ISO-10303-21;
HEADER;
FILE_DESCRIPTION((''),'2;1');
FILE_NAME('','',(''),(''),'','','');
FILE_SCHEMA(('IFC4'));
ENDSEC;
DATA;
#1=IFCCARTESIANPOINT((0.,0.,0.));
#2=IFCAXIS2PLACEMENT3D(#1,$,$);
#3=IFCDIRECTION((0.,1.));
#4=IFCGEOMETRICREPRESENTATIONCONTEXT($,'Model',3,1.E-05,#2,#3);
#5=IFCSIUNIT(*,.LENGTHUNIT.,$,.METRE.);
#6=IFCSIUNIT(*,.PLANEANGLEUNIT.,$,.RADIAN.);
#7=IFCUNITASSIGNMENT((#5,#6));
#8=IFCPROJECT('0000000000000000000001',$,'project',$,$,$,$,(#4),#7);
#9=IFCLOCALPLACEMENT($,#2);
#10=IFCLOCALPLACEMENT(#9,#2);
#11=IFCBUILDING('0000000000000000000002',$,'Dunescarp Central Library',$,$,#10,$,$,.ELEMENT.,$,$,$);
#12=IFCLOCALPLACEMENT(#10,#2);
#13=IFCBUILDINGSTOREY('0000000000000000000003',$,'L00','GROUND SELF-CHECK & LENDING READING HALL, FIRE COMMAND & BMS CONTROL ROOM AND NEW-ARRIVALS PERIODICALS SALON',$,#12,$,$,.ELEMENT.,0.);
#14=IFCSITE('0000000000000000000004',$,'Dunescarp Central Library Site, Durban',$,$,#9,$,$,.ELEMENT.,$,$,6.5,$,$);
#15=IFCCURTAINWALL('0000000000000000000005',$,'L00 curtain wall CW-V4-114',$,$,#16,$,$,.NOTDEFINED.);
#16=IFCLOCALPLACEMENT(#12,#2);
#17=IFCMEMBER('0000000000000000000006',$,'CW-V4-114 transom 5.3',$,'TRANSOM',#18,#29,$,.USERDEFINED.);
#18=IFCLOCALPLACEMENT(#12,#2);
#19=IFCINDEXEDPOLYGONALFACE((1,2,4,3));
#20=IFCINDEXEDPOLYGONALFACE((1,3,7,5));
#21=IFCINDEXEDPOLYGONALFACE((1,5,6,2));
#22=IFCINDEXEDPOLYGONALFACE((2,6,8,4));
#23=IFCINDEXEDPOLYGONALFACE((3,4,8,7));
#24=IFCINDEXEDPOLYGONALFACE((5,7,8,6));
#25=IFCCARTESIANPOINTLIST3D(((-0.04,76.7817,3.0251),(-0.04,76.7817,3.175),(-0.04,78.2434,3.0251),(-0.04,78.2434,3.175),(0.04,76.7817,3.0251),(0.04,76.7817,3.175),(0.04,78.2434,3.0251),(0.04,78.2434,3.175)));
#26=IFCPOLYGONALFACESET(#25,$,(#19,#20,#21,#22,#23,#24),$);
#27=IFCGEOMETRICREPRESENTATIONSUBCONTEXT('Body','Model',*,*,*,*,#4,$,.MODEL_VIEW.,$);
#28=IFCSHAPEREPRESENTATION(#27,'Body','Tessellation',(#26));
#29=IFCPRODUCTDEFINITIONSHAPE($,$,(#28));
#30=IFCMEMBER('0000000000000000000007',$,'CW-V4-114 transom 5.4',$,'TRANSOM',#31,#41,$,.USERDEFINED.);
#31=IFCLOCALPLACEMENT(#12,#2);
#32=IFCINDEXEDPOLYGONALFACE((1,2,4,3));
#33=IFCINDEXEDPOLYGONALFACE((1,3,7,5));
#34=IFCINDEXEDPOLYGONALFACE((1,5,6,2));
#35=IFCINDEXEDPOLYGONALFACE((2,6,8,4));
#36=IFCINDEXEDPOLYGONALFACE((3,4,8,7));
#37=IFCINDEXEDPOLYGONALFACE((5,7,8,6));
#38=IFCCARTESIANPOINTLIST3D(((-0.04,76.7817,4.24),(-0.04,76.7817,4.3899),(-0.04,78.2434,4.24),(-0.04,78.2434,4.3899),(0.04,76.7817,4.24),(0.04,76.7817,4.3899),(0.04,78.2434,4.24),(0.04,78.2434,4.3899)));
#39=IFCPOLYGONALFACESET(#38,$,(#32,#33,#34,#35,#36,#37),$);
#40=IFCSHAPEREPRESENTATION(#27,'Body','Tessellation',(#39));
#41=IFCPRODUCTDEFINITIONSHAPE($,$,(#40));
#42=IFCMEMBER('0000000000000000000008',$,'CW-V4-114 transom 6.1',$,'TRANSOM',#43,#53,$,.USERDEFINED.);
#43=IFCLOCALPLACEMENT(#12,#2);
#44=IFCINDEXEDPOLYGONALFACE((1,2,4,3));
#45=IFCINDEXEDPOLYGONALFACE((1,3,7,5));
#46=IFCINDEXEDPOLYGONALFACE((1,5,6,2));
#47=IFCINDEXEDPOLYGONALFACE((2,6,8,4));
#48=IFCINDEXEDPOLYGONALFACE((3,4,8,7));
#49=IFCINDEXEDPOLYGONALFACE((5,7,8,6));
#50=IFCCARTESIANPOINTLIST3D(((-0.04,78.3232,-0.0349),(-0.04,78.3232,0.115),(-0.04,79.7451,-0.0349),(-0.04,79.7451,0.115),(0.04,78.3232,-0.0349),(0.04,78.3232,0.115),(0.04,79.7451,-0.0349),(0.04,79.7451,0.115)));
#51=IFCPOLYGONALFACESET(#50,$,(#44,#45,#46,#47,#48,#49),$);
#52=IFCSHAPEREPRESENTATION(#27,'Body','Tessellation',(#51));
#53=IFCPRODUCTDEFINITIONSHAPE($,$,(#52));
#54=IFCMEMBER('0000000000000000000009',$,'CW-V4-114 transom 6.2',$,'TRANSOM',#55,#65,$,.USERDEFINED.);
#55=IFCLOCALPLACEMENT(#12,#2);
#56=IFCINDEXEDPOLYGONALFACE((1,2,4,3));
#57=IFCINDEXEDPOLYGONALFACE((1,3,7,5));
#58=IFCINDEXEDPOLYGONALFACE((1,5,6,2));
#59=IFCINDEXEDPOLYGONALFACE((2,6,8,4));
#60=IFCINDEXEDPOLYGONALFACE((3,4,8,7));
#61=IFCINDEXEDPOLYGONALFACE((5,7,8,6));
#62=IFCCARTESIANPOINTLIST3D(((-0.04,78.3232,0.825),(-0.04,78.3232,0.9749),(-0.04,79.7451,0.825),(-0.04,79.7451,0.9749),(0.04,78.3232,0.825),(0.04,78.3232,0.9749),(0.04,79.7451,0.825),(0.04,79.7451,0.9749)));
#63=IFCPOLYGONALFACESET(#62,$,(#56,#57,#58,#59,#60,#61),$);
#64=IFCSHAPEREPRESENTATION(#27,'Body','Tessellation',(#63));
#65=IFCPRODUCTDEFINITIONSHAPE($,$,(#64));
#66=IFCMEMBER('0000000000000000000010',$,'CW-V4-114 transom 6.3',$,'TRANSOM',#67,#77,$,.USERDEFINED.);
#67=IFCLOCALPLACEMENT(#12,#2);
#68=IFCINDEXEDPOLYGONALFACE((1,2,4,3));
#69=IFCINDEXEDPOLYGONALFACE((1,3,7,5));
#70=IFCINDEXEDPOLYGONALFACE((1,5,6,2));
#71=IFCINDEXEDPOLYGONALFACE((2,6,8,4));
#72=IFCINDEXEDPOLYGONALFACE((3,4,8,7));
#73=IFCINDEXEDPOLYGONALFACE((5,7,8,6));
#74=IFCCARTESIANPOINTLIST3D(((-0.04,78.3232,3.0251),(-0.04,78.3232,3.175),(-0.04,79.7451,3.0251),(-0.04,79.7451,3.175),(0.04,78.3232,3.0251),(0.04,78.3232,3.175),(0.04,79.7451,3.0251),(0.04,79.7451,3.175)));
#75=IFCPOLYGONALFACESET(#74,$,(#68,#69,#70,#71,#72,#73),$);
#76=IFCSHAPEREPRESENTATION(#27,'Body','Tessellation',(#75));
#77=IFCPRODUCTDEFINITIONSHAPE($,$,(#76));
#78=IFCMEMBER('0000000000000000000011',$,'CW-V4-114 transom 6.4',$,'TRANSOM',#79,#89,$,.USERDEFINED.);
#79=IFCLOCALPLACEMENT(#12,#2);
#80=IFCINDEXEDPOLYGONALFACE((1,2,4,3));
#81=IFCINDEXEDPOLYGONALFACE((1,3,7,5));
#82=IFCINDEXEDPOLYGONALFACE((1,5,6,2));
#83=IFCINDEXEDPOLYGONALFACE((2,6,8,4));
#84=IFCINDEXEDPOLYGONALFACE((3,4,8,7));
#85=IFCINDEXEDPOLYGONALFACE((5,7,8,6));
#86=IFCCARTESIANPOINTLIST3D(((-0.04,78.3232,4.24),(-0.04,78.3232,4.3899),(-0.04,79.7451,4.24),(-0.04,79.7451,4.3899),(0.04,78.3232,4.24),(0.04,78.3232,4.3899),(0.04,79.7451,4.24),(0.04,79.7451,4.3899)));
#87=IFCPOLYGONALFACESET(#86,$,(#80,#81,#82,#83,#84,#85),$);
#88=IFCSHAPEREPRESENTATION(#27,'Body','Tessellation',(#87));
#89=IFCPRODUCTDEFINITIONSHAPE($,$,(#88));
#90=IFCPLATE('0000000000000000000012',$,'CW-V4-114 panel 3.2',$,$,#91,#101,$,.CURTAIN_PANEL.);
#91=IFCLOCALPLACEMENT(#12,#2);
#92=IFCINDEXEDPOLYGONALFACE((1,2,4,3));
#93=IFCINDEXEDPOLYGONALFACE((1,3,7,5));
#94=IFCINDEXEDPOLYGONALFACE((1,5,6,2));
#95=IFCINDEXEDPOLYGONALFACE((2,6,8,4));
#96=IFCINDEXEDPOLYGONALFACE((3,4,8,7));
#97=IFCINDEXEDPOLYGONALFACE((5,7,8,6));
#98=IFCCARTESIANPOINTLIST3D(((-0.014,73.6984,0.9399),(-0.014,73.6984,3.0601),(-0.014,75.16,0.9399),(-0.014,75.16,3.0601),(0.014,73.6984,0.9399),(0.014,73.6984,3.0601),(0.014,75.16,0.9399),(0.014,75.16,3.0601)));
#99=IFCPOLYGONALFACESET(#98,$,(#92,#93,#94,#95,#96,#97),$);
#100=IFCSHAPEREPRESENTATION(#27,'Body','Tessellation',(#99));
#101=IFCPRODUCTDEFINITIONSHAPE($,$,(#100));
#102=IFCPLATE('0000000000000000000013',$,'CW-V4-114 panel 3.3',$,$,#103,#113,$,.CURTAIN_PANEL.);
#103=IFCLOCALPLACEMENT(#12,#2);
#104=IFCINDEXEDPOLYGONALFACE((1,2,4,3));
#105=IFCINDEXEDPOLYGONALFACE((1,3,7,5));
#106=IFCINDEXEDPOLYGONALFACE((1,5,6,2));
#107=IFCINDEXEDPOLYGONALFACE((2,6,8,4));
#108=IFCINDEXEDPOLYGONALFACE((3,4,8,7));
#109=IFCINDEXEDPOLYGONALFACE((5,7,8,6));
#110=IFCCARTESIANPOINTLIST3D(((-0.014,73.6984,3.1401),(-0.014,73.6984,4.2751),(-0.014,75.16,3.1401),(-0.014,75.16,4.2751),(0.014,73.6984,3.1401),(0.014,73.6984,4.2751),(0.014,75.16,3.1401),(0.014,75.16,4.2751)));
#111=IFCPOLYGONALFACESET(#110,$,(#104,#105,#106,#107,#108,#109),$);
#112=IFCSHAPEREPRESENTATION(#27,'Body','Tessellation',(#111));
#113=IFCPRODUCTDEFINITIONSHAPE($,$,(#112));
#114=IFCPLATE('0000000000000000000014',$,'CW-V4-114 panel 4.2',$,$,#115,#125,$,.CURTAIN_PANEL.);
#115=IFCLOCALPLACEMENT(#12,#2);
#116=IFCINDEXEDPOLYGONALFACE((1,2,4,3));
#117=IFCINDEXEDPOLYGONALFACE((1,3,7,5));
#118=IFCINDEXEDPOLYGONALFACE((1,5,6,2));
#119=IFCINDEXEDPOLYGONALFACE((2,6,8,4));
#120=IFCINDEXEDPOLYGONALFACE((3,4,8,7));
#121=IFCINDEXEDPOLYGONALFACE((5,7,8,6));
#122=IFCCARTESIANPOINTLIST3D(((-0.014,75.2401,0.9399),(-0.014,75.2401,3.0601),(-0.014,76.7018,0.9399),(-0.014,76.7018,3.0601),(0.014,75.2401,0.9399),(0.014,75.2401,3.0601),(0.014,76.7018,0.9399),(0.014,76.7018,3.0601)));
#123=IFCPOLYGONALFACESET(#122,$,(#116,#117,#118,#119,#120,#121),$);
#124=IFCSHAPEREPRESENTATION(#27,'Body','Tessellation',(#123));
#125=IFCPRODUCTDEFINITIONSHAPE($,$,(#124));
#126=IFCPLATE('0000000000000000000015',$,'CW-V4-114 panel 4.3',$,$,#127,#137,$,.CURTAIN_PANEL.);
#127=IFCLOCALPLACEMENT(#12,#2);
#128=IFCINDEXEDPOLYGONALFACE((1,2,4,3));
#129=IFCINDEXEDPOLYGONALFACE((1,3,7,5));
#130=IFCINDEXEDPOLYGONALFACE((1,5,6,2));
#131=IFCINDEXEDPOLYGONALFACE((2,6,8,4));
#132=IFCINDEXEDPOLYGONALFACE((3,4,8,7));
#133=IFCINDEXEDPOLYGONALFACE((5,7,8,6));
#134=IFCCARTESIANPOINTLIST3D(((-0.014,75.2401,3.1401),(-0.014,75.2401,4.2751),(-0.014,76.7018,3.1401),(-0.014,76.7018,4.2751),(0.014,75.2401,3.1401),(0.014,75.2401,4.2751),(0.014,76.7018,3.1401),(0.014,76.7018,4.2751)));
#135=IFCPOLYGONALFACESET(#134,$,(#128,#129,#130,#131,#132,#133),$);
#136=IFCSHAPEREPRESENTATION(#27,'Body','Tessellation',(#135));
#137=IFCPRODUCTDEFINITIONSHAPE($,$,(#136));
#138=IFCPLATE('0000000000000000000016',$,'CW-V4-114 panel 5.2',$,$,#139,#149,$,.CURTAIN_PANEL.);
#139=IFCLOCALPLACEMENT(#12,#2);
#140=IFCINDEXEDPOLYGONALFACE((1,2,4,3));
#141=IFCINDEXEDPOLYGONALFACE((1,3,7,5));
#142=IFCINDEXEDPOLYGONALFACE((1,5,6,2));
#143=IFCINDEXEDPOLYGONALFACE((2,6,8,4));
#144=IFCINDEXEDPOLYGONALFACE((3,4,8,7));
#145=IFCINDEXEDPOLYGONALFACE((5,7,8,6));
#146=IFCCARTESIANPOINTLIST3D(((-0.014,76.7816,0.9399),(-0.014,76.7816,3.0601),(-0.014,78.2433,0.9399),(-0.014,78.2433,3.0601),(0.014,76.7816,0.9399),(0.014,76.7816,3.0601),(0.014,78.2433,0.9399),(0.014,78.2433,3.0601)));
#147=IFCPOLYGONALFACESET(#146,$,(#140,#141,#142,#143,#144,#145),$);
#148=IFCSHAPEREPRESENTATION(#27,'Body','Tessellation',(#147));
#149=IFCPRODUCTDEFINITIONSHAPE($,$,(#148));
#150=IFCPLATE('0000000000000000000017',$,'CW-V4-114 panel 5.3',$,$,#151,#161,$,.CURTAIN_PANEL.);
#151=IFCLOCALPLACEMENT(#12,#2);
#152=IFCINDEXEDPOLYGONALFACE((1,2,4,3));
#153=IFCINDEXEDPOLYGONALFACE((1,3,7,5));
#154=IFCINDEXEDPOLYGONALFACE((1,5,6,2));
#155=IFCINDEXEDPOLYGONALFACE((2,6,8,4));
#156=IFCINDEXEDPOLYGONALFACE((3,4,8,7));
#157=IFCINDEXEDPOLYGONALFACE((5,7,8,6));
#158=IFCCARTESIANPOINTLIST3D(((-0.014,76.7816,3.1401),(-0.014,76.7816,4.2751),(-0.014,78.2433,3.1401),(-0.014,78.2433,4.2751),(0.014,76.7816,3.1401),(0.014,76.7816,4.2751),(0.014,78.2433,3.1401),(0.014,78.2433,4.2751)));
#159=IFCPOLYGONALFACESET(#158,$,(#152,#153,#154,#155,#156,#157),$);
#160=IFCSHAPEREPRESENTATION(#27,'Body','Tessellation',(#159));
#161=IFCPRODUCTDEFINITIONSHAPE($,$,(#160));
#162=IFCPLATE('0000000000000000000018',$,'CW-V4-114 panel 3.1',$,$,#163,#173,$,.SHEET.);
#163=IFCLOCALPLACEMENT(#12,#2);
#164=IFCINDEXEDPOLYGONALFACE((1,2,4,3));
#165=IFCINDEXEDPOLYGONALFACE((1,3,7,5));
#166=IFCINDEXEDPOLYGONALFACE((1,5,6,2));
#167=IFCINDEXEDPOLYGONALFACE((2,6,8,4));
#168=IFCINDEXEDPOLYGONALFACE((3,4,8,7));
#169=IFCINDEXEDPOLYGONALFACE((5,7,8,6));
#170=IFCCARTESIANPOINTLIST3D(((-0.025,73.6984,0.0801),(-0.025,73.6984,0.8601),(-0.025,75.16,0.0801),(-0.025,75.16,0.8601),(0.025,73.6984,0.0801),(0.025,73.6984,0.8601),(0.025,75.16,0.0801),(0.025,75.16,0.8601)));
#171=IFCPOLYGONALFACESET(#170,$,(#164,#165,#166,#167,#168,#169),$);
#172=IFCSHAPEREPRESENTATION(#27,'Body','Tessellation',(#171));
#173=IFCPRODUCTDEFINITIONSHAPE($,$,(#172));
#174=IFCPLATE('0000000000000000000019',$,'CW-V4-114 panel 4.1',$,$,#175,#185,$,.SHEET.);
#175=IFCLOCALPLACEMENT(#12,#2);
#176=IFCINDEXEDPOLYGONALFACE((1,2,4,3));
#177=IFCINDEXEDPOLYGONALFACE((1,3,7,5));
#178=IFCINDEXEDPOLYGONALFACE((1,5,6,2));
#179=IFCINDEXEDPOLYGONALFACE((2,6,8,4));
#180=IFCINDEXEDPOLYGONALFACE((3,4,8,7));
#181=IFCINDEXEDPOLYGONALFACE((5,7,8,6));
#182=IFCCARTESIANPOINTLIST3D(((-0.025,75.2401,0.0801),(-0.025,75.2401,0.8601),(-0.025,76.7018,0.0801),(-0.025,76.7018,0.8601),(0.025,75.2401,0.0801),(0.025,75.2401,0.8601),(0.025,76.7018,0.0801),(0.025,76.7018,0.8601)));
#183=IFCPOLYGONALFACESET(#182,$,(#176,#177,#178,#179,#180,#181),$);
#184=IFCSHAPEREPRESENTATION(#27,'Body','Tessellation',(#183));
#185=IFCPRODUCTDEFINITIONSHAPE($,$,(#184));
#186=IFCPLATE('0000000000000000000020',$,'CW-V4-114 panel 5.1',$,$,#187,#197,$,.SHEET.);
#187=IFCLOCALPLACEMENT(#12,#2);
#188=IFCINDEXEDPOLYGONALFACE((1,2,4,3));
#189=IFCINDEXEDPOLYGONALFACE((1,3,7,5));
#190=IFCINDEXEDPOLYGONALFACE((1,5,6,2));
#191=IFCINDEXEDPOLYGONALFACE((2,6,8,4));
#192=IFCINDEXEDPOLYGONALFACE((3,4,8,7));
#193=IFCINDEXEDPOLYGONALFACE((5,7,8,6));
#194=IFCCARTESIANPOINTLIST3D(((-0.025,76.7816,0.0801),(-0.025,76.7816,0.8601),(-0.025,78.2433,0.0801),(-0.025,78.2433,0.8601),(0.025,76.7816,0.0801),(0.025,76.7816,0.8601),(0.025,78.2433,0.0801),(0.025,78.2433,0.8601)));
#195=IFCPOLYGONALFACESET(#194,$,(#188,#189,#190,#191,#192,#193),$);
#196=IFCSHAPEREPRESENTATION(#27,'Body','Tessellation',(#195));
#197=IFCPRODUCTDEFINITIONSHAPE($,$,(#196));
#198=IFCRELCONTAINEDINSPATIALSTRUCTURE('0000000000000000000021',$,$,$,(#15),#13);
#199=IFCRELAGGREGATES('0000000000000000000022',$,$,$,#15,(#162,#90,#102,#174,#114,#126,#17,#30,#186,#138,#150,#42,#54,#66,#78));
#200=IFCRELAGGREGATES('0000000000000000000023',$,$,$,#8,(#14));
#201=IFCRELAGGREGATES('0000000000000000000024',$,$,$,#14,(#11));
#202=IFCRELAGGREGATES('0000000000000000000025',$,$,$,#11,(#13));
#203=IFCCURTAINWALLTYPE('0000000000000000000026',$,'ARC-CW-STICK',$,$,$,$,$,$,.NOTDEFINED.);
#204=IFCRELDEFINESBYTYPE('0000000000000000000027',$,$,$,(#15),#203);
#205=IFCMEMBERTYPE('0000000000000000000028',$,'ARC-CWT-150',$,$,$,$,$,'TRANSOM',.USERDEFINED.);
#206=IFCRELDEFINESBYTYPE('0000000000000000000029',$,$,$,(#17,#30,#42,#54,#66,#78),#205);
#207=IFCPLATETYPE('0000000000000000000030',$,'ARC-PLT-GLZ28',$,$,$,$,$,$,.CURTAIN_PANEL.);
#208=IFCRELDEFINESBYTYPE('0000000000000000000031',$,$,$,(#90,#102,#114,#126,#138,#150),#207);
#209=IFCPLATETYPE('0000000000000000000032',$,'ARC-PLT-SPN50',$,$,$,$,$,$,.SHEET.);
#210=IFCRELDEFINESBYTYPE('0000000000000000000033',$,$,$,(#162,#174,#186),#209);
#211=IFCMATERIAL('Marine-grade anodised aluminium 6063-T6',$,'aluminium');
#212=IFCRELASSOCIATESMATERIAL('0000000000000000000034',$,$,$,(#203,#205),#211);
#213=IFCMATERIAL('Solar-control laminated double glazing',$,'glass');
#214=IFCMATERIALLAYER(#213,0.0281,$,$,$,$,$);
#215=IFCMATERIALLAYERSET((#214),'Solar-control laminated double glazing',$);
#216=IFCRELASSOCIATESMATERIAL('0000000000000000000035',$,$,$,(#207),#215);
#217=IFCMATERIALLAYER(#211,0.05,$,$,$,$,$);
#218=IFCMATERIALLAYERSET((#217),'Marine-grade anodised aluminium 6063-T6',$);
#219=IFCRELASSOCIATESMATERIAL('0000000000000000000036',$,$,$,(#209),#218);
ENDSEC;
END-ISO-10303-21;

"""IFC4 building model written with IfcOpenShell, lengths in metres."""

from ifc_helpers import new_model, si_unit, direction, frame, origin, origin_2d, place, context, subcontext, project, spatial, rectangle, extrude, material, layer, layer_set, material_profile, profile_set, type_object, element, aggregate, save


model = new_model("IFC4")

# Units and contexts
model_context = context("Model", 3, precision=1e-05, world=origin(), true_north=direction((0.0, 1.0)))
body_context = subcontext(model_context, "Body", "Model", "MODEL_VIEW")
ifc_project = project(units=[si_unit("LENGTHUNIT", "METRE"), si_unit("PLANEANGLEUNIT", "RADIAN")], contexts=[model_context])

# Site, building, storey
site_placement = place(None, origin())
site = spatial("IfcSite", under=ifc_project, at=site_placement, Name="Dunescarp Central Library Site, Durban", CompositionType="ELEMENT", RefElevation=6.5)
building_placement = place(site_placement, origin())
building = spatial("IfcBuilding", under=site, at=building_placement, Name="Dunescarp Central Library", CompositionType="ELEMENT")
storey_placement = place(building_placement, origin())
storey = spatial("IfcBuildingStorey", under=building, at=storey_placement, Name="L00", Description="GROUND SELF-CHECK & LENDING READING HALL, FIRE COMMAND & BMS CONTROL ROOM AND NEW-ARRIVALS PERIODICALS SALON", CompositionType="ELEMENT", Elevation=0.0)

# Curtain wall, members, plates
ifc_material_1 = material(Name="Marine-grade anodised aluminium 6063-T6", Category="aluminium")
curtain_wall_type = type_object("IfcCurtainWallType", Name="ARC-CW-STICK", PredefinedType="NOTDEFINED", material=ifc_material_1)
curtain_wall_placement = place(storey_placement, origin())
curtain_wall = element("IfcCurtainWall", 1, at=curtain_wall_placement, inside=storey, type_object=curtain_wall_type, Name="L00 curtain wall CW-V4-114", PredefinedType="NOTDEFINED")
ifc_material_profile_1 = material_profile(ifc_material_1, rectangle(XDim=0.0801, YDim=0.1499, at=origin_2d()), Name="AL 80x150")
ifc_profile_set_1 = profile_set([ifc_material_profile_1], Name="Marine-grade anodised aluminium 6063-T6")
member_type_1 = type_object("IfcMemberType", Name="ARC-CWT-150", ElementType="TRANSOM", PredefinedType="USERDEFINED", material=ifc_profile_set_1)
member_1_placement = place(storey_placement, frame((0.0, 76.7817, 3.1001), z_axis=(0.0, 1.0, 0.0), x_axis=(-1.0, 0.0, 0.0)))
member_1 = element("IfcMember", 2, at=member_1_placement, type_object=member_type_1, Name="CW-V4-114 transom 5.3", ObjectType="TRANSOM", PredefinedType="USERDEFINED", context=body_context, shape_type="SweptSolid", body=[
    extrude(rectangle(XDim=0.0801, YDim=0.1499, at=origin_2d()), origin(), (0.0, 0.0, 1.0), 1.4617),
])
member_2_placement = place(storey_placement, frame((0.0, 76.7817, 4.3149), z_axis=(0.0, 1.0, 0.0), x_axis=(-1.0, 0.0, 0.0)))
member_2 = element("IfcMember", 3, at=member_2_placement, type_object=member_type_1, Name="CW-V4-114 transom 5.4", ObjectType="TRANSOM", PredefinedType="USERDEFINED", context=body_context, shape_type="SweptSolid", body=[
    extrude(rectangle(XDim=0.0801, YDim=0.1499, at=origin_2d()), origin(), (0.0, 0.0, 1.0), 1.4617),
])
member_3_placement = place(storey_placement, frame((0.0, 78.3232, 0.04), z_axis=(0.0, 1.0, 0.0), x_axis=(-1.0, 0.0, 0.0)))
member_3 = element("IfcMember", 4, at=member_3_placement, type_object=member_type_1, Name="CW-V4-114 transom 6.1", ObjectType="TRANSOM", PredefinedType="USERDEFINED", context=body_context, shape_type="SweptSolid", body=[
    extrude(rectangle(XDim=0.0801, YDim=0.1499, at=origin_2d()), origin(), (0.0, 0.0, 1.0), 1.4219),
])
member_4_placement = place(storey_placement, frame((0.0, 78.3232, 0.8999), z_axis=(0.0, 1.0, 0.0), x_axis=(-1.0, 0.0, 0.0)))
member_4 = element("IfcMember", 5, at=member_4_placement, type_object=member_type_1, Name="CW-V4-114 transom 6.2", ObjectType="TRANSOM", PredefinedType="USERDEFINED", context=body_context, shape_type="SweptSolid", body=[
    extrude(rectangle(XDim=0.0801, YDim=0.1499, at=origin_2d()), origin(), (0.0, 0.0, 1.0), 1.4219),
])
member_5_placement = place(storey_placement, frame((0.0, 78.3232, 3.1001), z_axis=(0.0, 1.0, 0.0), x_axis=(-1.0, 0.0, 0.0)))
member_5 = element("IfcMember", 6, at=member_5_placement, type_object=member_type_1, Name="CW-V4-114 transom 6.3", ObjectType="TRANSOM", PredefinedType="USERDEFINED", context=body_context, shape_type="SweptSolid", body=[
    extrude(rectangle(XDim=0.0801, YDim=0.1499, at=origin_2d()), origin(), (0.0, 0.0, 1.0), 1.4219),
])
member_6_placement = place(storey_placement, frame((0.0, 78.3232, 4.3149), z_axis=(0.0, 1.0, 0.0), x_axis=(-1.0, 0.0, 0.0)))
member_6 = element("IfcMember", 7, at=member_6_placement, type_object=member_type_1, Name="CW-V4-114 transom 6.4", ObjectType="TRANSOM", PredefinedType="USERDEFINED", context=body_context, shape_type="SweptSolid", body=[
    extrude(rectangle(XDim=0.0801, YDim=0.1499, at=origin_2d()), origin(), (0.0, 0.0, 1.0), 1.4219),
])
ifc_material_2 = material(Name="Solar-control laminated double glazing", Category="glass")
ifc_layer_1 = layer(ifc_material_2, 0.0281)
ifc_layer_set_1 = layer_set([ifc_layer_1], Name="Solar-control laminated double glazing")
plate_type_1 = type_object("IfcPlateType", Name="ARC-PLT-GLZ28", PredefinedType="CURTAIN_PANEL", material=ifc_layer_set_1)
plate_1_placement = place(storey_placement, frame((0.0, 74.4292, 0.9399), z_axis=(0.0, 0.0, 1.0), x_axis=(0.0, 1.0, 0.0)))
plate_1 = element("IfcPlate", 8, at=plate_1_placement, type_object=plate_type_1, Name="CW-V4-114 panel 3.2", PredefinedType="CURTAIN_PANEL", context=body_context, shape_type="SweptSolid", body=[
    extrude(rectangle(XDim=1.4617, YDim=0.0281, at=origin_2d()), origin(), (0.0, 0.0, 1.0), 2.1201),
])
plate_2_placement = place(storey_placement, frame((0.0, 74.4292, 3.1401), z_axis=(0.0, 0.0, 1.0), x_axis=(0.0, 1.0, 0.0)))
plate_2 = element("IfcPlate", 9, at=plate_2_placement, type_object=plate_type_1, Name="CW-V4-114 panel 3.3", PredefinedType="CURTAIN_PANEL", context=body_context, shape_type="SweptSolid", body=[
    extrude(rectangle(XDim=1.4617, YDim=0.0281, at=origin_2d()), origin(), (0.0, 0.0, 1.0), 1.135),
])
plate_3_placement = place(storey_placement, frame((0.0, 75.9709, 0.9399), z_axis=(0.0, 0.0, 1.0), x_axis=(0.0, 1.0, 0.0)))
plate_3 = element("IfcPlate", 10, at=plate_3_placement, type_object=plate_type_1, Name="CW-V4-114 panel 4.2", PredefinedType="CURTAIN_PANEL", context=body_context, shape_type="SweptSolid", body=[
    extrude(rectangle(XDim=1.4617, YDim=0.0281, at=origin_2d()), origin(), (0.0, 0.0, 1.0), 2.1201),
])
plate_4_placement = place(storey_placement, frame((0.0, 75.9709, 3.1401), z_axis=(0.0, 0.0, 1.0), x_axis=(0.0, 1.0, 0.0)))
plate_4 = element("IfcPlate", 11, at=plate_4_placement, type_object=plate_type_1, Name="CW-V4-114 panel 4.3", PredefinedType="CURTAIN_PANEL", context=body_context, shape_type="SweptSolid", body=[
    extrude(rectangle(XDim=1.4617, YDim=0.0281, at=origin_2d()), origin(), (0.0, 0.0, 1.0), 1.135),
])
plate_5_placement = place(storey_placement, frame((0.0, 77.5125, 0.9399), z_axis=(0.0, 0.0, 1.0), x_axis=(0.0, 1.0, 0.0)))
plate_5 = element("IfcPlate", 12, at=plate_5_placement, type_object=plate_type_1, Name="CW-V4-114 panel 5.2", PredefinedType="CURTAIN_PANEL", context=body_context, shape_type="SweptSolid", body=[
    extrude(rectangle(XDim=1.4617, YDim=0.0281, at=origin_2d()), origin(), (0.0, 0.0, 1.0), 2.1201),
])
plate_6_placement = place(storey_placement, frame((0.0, 77.5125, 3.1401), z_axis=(0.0, 0.0, 1.0), x_axis=(0.0, 1.0, 0.0)))
plate_6 = element("IfcPlate", 13, at=plate_6_placement, type_object=plate_type_1, Name="CW-V4-114 panel 5.3", PredefinedType="CURTAIN_PANEL", context=body_context, shape_type="SweptSolid", body=[
    extrude(rectangle(XDim=1.4617, YDim=0.0281, at=origin_2d()), origin(), (0.0, 0.0, 1.0), 1.135),
])
ifc_layer_2 = layer(ifc_material_1, 0.05)
ifc_layer_set_2 = layer_set([ifc_layer_2], Name="Marine-grade anodised aluminium 6063-T6")
plate_type_2 = type_object("IfcPlateType", Name="ARC-PLT-SPN50", PredefinedType="SHEET", material=ifc_layer_set_2)
plate_7_placement = place(storey_placement, frame((0.0, 74.4292, 0.0801), z_axis=(0.0, 0.0, 1.0), x_axis=(0.0, 1.0, 0.0)))
plate_7 = element("IfcPlate", 14, at=plate_7_placement, type_object=plate_type_2, Name="CW-V4-114 panel 3.1", PredefinedType="SHEET", context=body_context, shape_type="SweptSolid", body=[
    extrude(rectangle(XDim=1.4617, YDim=0.05, at=origin_2d()), origin(), (0.0, 0.0, 1.0), 0.78),
])
plate_8_placement = place(storey_placement, frame((0.0, 75.9709, 0.0801), z_axis=(0.0, 0.0, 1.0), x_axis=(0.0, 1.0, 0.0)))
plate_8 = element("IfcPlate", 15, at=plate_8_placement, type_object=plate_type_2, Name="CW-V4-114 panel 4.1", PredefinedType="SHEET", context=body_context, shape_type="SweptSolid", body=[
    extrude(rectangle(XDim=1.4617, YDim=0.05, at=origin_2d()), origin(), (0.0, 0.0, 1.0), 0.78),
])
plate_9_placement = place(storey_placement, frame((0.0, 77.5125, 0.0801), z_axis=(0.0, 0.0, 1.0), x_axis=(0.0, 1.0, 0.0)))
plate_9 = element("IfcPlate", 16, at=plate_9_placement, type_object=plate_type_2, Name="CW-V4-114 panel 5.1", PredefinedType="SHEET", context=body_context, shape_type="SweptSolid", body=[
    extrude(rectangle(XDim=1.4617, YDim=0.05, at=origin_2d()), origin(), (0.0, 0.0, 1.0), 0.78),
])
aggregate(curtain_wall, [plate_7, plate_1, plate_2, plate_8, plate_3, plate_4, member_1, member_2, plate_9, plate_5, plate_6, member_3, member_4, member_5, member_6])

save(model, "model.ifc")
